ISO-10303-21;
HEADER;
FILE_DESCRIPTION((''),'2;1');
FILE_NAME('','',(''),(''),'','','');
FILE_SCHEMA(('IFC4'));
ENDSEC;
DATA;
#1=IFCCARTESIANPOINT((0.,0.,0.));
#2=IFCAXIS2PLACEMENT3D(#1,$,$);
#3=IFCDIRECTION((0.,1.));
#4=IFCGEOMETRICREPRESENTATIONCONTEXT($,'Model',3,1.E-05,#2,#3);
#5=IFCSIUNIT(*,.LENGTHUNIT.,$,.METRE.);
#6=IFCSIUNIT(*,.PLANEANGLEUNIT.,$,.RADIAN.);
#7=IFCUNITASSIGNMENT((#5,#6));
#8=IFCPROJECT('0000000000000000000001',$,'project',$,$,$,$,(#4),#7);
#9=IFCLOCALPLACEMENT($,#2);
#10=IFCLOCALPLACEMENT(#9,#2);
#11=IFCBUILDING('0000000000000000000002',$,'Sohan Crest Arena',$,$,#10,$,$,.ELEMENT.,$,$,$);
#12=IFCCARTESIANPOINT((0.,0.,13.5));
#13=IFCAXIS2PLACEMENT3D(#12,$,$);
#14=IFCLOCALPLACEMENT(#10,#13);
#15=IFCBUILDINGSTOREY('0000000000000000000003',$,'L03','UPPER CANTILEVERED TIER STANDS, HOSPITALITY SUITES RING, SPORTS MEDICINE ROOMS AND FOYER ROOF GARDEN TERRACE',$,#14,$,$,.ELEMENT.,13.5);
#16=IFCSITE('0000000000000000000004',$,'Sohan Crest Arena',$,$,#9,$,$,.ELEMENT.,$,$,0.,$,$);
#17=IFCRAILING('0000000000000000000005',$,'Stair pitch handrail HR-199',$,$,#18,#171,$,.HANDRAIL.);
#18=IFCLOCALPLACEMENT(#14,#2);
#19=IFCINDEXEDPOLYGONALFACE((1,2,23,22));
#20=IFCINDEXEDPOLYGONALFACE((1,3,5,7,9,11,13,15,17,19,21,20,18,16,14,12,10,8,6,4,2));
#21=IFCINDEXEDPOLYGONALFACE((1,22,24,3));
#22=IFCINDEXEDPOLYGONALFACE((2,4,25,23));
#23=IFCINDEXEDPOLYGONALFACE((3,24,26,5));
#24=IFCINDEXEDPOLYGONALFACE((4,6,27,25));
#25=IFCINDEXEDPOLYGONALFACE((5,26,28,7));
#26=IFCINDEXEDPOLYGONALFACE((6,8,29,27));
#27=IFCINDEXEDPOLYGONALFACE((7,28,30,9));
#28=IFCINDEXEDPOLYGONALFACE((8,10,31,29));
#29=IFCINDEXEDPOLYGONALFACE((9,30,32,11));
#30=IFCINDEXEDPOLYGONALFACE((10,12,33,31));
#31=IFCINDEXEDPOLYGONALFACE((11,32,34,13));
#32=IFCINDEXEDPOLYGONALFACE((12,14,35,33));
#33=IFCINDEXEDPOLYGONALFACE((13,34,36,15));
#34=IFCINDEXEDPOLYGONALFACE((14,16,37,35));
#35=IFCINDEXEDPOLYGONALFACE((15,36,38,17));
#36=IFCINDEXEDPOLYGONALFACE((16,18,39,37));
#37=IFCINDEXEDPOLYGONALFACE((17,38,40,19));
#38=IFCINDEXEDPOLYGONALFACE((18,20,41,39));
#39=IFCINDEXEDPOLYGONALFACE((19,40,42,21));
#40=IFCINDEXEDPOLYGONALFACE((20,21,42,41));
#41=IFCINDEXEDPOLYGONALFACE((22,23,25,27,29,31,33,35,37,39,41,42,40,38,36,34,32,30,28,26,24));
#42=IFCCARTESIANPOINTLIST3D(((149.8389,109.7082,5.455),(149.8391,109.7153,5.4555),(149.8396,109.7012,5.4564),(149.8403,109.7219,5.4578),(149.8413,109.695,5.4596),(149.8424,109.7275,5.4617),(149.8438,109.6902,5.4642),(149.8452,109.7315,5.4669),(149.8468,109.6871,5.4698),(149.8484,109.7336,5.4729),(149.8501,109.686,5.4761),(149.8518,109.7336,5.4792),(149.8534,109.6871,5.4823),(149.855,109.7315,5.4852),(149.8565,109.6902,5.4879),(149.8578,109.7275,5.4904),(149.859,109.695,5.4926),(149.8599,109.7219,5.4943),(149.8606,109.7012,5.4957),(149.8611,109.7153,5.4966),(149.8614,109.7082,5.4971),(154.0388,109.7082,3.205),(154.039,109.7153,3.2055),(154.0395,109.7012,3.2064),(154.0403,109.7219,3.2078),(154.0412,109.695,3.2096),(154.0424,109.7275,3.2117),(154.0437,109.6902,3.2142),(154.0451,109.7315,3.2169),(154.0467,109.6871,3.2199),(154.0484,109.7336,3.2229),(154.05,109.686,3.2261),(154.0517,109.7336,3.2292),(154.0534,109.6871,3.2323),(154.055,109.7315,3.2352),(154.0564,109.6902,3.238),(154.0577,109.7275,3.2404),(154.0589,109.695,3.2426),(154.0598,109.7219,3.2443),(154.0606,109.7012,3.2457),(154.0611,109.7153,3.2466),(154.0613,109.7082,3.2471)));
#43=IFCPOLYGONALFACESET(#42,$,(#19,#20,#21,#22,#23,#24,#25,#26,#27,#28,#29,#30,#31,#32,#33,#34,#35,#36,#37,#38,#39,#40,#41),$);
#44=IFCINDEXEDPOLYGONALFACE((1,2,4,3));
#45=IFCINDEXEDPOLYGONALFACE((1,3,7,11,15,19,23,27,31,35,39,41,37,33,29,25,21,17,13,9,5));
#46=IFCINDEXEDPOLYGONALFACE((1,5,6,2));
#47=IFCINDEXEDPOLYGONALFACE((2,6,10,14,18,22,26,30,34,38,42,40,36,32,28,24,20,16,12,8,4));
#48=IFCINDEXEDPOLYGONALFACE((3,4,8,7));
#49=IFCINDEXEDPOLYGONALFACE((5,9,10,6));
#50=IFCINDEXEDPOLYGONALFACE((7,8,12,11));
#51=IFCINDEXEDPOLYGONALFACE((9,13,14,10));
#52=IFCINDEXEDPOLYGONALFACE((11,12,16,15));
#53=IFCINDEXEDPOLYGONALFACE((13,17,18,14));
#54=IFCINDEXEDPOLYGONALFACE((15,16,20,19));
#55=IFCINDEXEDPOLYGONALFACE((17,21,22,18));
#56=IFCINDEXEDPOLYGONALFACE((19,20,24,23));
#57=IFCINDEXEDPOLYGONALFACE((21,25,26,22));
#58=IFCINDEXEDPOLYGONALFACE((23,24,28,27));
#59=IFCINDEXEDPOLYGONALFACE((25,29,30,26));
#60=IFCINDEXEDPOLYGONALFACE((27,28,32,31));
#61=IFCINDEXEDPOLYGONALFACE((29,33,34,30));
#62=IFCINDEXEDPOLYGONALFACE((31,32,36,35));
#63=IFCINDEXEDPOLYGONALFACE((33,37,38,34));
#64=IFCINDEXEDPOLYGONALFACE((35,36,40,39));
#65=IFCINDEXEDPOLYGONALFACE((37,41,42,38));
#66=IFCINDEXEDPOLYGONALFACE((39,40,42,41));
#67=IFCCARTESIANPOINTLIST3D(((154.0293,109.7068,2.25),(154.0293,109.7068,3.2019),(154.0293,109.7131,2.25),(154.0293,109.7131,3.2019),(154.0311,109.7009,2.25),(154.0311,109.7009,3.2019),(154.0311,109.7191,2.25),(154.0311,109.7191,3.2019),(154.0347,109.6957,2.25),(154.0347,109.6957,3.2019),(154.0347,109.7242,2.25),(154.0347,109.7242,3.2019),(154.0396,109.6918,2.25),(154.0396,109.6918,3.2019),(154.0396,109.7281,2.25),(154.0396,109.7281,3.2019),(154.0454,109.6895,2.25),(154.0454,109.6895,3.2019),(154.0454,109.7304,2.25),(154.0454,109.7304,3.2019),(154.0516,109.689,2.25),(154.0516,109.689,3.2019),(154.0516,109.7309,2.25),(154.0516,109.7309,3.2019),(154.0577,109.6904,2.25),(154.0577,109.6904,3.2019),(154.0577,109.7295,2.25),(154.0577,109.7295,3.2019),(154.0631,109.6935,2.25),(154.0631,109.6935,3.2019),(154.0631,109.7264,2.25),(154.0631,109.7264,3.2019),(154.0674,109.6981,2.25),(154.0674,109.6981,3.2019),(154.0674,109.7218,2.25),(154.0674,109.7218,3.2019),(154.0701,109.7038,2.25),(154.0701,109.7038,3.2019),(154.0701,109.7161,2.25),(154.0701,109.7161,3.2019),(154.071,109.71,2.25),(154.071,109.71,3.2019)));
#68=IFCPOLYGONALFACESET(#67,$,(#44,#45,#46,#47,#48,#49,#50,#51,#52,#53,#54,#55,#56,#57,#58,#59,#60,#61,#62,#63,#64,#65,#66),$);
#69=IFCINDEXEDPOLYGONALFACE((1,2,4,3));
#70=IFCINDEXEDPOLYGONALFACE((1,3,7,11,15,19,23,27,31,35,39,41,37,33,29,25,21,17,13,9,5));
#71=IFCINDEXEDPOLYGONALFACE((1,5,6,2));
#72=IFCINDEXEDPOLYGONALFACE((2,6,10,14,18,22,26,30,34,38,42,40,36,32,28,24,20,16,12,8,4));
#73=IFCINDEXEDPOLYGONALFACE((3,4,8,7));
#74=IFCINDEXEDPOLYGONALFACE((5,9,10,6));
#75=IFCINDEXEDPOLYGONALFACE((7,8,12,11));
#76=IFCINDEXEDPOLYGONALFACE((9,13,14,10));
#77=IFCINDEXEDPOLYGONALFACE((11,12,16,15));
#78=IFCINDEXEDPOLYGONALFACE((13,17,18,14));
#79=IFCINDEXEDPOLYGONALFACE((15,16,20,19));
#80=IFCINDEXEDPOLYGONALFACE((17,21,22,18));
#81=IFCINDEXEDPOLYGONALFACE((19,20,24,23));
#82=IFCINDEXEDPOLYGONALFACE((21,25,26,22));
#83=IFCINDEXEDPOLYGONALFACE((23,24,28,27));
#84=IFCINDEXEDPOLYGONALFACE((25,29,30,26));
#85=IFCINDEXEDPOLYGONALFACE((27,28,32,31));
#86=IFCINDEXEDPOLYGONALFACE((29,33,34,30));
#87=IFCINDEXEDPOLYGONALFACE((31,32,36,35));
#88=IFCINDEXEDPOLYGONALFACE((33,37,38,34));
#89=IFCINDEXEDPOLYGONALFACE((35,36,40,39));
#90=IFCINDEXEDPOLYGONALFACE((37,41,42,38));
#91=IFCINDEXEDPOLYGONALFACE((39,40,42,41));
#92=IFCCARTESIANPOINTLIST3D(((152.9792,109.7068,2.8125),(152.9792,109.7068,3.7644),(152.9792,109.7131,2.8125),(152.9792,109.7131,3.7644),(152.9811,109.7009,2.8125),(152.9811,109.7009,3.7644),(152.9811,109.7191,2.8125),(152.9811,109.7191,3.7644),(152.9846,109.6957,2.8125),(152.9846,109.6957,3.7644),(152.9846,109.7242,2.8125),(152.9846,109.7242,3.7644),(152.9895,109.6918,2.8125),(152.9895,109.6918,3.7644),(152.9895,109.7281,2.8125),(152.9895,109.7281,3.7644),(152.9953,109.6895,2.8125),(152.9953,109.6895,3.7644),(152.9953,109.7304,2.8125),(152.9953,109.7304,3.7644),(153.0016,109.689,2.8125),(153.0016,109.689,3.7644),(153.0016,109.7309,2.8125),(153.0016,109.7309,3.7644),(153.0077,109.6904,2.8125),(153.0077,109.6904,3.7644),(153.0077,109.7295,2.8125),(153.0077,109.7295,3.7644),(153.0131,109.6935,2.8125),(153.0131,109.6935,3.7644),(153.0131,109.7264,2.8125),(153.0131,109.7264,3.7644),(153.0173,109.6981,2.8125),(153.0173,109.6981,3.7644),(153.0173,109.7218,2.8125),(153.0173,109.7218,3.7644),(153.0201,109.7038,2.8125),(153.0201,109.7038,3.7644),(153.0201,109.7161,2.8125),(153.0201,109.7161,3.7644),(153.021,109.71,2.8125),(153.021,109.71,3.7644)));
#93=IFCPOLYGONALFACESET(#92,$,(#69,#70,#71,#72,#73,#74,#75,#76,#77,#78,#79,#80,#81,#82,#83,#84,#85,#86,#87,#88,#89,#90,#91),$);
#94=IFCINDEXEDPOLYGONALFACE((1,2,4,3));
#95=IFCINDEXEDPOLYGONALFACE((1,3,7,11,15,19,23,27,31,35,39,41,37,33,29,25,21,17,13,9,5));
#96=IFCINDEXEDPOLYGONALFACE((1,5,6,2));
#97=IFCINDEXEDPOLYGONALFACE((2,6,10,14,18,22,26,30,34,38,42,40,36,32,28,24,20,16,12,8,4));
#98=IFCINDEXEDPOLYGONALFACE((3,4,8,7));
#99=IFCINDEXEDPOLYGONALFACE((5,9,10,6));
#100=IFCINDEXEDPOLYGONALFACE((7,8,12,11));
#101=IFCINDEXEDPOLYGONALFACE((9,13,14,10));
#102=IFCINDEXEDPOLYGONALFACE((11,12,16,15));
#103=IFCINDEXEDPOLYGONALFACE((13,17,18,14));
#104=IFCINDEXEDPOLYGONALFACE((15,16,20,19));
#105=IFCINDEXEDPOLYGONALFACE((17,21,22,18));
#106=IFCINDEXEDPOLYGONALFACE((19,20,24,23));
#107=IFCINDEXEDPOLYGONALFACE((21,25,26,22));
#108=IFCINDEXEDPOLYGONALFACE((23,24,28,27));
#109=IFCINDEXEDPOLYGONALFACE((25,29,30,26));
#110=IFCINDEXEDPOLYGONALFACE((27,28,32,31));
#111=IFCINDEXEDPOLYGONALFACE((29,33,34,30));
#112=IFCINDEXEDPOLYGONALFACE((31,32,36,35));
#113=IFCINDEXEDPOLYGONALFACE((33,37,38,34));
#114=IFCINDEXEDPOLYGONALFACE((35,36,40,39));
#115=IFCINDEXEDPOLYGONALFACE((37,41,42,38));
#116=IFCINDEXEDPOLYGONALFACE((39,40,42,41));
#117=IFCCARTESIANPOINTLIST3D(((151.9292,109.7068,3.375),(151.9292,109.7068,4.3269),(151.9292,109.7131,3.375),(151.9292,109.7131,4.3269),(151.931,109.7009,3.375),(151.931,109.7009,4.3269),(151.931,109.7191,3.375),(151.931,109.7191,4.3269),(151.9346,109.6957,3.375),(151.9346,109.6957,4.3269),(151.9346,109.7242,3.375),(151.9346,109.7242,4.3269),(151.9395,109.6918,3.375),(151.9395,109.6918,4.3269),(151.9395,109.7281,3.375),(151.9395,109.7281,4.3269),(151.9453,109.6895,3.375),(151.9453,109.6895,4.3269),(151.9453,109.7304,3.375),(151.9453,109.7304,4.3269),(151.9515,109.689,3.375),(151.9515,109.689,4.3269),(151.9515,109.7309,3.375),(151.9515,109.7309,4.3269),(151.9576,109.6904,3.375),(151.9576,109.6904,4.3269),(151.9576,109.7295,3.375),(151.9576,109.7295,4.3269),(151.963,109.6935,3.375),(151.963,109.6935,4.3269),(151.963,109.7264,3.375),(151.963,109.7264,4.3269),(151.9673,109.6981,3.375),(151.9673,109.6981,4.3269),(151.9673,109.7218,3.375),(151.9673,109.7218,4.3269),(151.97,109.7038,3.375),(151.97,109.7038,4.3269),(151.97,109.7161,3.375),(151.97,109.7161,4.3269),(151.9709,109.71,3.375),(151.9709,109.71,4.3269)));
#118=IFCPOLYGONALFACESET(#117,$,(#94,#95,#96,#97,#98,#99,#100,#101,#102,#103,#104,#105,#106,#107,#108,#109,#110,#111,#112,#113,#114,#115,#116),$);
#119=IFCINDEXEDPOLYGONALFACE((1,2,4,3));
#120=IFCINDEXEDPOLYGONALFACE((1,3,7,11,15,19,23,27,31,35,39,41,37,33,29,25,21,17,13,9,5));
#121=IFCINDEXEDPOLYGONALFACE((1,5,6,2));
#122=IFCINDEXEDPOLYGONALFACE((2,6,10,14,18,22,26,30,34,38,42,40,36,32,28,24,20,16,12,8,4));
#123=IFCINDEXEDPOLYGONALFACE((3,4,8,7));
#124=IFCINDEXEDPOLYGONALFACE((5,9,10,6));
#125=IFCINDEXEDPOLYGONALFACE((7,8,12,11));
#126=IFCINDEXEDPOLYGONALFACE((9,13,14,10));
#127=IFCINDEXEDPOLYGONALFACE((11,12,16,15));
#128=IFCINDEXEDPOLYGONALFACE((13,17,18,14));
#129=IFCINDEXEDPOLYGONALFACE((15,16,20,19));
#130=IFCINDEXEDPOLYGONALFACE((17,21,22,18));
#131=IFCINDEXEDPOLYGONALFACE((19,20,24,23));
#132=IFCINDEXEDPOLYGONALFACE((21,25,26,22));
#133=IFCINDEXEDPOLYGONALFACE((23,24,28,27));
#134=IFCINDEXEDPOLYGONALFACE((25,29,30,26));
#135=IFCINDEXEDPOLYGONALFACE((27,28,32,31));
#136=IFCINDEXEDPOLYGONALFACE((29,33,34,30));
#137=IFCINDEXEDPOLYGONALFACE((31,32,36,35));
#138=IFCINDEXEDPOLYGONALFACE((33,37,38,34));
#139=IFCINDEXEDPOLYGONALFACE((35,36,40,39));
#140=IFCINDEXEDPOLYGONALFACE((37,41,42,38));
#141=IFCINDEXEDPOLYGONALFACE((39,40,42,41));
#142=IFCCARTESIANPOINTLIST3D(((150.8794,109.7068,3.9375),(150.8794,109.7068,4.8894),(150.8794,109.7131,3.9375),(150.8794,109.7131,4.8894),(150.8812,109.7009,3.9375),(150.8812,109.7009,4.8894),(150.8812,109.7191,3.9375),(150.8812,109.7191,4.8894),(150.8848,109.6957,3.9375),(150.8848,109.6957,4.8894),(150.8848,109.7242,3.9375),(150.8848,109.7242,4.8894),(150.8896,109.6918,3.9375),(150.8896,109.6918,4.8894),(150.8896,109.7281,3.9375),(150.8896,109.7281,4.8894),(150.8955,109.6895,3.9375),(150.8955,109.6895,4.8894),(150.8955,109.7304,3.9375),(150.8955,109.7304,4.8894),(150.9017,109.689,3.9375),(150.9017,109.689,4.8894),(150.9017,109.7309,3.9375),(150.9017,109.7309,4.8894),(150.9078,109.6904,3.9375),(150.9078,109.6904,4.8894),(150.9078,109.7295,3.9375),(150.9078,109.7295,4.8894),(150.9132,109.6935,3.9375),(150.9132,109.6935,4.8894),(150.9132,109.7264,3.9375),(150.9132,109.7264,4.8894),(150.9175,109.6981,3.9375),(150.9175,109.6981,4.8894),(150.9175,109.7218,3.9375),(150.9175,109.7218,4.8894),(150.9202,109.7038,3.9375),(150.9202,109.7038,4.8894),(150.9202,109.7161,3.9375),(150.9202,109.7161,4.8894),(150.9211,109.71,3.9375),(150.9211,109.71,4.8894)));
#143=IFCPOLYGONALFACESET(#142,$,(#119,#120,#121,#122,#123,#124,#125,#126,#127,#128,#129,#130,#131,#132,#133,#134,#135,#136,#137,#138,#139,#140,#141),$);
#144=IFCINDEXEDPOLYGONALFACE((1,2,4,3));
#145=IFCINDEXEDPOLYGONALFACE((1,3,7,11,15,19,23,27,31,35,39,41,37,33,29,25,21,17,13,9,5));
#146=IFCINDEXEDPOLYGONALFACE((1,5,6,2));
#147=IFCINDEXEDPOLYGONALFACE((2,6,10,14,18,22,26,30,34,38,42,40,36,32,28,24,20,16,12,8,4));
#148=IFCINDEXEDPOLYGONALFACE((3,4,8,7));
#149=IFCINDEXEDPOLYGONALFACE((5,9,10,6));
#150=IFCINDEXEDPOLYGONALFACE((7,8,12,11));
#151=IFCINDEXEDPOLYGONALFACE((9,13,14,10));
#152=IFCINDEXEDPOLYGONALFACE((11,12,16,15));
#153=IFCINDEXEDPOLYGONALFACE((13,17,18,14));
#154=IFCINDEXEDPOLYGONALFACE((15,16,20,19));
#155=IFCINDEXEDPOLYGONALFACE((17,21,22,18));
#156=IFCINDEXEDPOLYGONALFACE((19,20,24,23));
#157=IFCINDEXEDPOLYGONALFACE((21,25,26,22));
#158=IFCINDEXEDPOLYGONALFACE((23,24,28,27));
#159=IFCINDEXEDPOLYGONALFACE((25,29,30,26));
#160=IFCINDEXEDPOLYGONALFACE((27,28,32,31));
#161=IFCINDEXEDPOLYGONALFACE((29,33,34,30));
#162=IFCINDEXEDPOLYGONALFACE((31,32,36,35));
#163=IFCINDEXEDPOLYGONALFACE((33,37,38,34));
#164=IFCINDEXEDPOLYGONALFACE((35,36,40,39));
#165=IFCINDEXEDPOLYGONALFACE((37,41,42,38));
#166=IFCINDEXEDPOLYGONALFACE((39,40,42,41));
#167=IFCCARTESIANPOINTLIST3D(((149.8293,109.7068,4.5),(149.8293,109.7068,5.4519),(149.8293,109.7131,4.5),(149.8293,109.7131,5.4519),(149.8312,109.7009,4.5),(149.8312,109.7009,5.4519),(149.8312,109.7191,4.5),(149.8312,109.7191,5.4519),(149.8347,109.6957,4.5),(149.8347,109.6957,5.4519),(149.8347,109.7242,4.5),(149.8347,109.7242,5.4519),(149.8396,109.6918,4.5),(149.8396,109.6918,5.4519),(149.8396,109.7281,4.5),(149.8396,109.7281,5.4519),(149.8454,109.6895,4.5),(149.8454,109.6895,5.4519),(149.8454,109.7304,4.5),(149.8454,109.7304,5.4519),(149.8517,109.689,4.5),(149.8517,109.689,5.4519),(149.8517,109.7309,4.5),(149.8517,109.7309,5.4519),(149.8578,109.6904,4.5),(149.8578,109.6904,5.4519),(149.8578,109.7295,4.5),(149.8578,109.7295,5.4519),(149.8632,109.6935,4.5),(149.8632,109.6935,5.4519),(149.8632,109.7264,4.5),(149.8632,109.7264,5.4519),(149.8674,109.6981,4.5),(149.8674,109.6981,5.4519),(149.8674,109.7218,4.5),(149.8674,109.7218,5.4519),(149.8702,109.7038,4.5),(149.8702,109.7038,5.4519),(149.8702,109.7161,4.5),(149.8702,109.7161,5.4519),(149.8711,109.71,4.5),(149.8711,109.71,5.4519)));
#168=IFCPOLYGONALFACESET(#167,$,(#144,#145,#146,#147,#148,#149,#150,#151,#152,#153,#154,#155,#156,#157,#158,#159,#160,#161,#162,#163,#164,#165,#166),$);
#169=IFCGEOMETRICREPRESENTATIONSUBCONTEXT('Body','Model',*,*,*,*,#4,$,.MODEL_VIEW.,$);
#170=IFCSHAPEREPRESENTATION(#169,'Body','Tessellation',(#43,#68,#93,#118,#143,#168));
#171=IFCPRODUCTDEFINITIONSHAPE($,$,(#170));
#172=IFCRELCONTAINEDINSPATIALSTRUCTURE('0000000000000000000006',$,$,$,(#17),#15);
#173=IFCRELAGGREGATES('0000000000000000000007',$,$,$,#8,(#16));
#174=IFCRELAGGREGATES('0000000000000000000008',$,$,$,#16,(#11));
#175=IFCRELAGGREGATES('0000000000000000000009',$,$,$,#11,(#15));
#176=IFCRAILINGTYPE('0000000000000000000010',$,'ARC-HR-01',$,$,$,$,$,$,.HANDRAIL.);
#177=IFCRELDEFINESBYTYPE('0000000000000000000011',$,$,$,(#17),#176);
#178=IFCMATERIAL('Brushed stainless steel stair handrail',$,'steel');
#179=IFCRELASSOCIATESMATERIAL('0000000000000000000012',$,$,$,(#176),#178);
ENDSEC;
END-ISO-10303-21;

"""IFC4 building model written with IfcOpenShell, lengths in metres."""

from ifc_helpers import new_model, si_unit, direction, frame, origin, origin_2d, place, context, subcontext, project, spatial, circle, extrude, material, type_object, element, save


model = new_model("IFC4")

# Units and contexts
model_context = context("Model", 3, precision=1e-05, world=origin(), true_north=direction((0.0, 1.0)))
body_context = subcontext(model_context, "Body", "Model", "MODEL_VIEW")
ifc_project = project(units=[si_unit("LENGTHUNIT", "METRE"), si_unit("PLANEANGLEUNIT", "RADIAN")], contexts=[model_context])

# Site, building, storey
site_placement = place(None, origin())
site = spatial("IfcSite", under=ifc_project, at=site_placement, Name="Sohan Crest Arena", CompositionType="ELEMENT", RefElevation=0.0)
building_placement = place(site_placement, origin())
building = spatial("IfcBuilding", under=site, at=building_placement, Name="Sohan Crest Arena", CompositionType="ELEMENT")
storey_placement = place(building_placement, frame((0.0, 0.0, 13.5)))
storey = spatial("IfcBuildingStorey", under=building, at=storey_placement, Name="L03", Description="UPPER CANTILEVERED TIER STANDS, HOSPITALITY SUITES RING, SPORTS MEDICINE ROOMS AND FOYER ROOF GARDEN TERRACE", CompositionType="ELEMENT", Elevation=13.5)

# Railing
ifc_material_1 = material(Name="Brushed stainless steel stair handrail", Category="steel")
railing_type_1 = type_object("IfcRailingType", Name="ARC-HR-01", PredefinedType="HANDRAIL", material=ifc_material_1)
railing_1_placement = place(storey_placement, frame((154.05, 109.71, 2.25)))
element("IfcRailing", 1, at=railing_1_placement, inside=storey, type_object=railing_type_1, Name="Stair pitch handrail HR-199", PredefinedType="HANDRAIL", context=body_context, shape_type="SweptSolid", body=[
    extrude(circle(Radius=0.0239, at=origin_2d()), frame((0.0, 0.0, 0.9761), z_axis=(-0.881478, 0.0, 0.472226), x_axis=(0.0, -1.0, 0.0)), (0.0, 0.0, 1.0), 4.7646),
    extrude(circle(Radius=0.021, at=origin_2d()), origin(), (0.0, 0.0, 1.0), 0.9519),
    extrude(circle(Radius=0.021, at=origin_2d()), frame((-1.05, 0.0, 0.5625)), (0.0, 0.0, 1.0), 0.9519),
    extrude(circle(Radius=0.021, at=origin_2d()), frame((-2.1001, 0.0, 1.125)), (0.0, 0.0, 1.0), 0.9519),
    extrude(circle(Radius=0.021, at=origin_2d()), frame((-3.1499, 0.0, 1.6875)), (0.0, 0.0, 1.0), 0.9519),
    extrude(circle(Radius=0.021, at=origin_2d()), frame((-4.2, 0.0, 2.25)), (0.0, 0.0, 1.0), 0.9519),
])

save(model, "model.ifc")
